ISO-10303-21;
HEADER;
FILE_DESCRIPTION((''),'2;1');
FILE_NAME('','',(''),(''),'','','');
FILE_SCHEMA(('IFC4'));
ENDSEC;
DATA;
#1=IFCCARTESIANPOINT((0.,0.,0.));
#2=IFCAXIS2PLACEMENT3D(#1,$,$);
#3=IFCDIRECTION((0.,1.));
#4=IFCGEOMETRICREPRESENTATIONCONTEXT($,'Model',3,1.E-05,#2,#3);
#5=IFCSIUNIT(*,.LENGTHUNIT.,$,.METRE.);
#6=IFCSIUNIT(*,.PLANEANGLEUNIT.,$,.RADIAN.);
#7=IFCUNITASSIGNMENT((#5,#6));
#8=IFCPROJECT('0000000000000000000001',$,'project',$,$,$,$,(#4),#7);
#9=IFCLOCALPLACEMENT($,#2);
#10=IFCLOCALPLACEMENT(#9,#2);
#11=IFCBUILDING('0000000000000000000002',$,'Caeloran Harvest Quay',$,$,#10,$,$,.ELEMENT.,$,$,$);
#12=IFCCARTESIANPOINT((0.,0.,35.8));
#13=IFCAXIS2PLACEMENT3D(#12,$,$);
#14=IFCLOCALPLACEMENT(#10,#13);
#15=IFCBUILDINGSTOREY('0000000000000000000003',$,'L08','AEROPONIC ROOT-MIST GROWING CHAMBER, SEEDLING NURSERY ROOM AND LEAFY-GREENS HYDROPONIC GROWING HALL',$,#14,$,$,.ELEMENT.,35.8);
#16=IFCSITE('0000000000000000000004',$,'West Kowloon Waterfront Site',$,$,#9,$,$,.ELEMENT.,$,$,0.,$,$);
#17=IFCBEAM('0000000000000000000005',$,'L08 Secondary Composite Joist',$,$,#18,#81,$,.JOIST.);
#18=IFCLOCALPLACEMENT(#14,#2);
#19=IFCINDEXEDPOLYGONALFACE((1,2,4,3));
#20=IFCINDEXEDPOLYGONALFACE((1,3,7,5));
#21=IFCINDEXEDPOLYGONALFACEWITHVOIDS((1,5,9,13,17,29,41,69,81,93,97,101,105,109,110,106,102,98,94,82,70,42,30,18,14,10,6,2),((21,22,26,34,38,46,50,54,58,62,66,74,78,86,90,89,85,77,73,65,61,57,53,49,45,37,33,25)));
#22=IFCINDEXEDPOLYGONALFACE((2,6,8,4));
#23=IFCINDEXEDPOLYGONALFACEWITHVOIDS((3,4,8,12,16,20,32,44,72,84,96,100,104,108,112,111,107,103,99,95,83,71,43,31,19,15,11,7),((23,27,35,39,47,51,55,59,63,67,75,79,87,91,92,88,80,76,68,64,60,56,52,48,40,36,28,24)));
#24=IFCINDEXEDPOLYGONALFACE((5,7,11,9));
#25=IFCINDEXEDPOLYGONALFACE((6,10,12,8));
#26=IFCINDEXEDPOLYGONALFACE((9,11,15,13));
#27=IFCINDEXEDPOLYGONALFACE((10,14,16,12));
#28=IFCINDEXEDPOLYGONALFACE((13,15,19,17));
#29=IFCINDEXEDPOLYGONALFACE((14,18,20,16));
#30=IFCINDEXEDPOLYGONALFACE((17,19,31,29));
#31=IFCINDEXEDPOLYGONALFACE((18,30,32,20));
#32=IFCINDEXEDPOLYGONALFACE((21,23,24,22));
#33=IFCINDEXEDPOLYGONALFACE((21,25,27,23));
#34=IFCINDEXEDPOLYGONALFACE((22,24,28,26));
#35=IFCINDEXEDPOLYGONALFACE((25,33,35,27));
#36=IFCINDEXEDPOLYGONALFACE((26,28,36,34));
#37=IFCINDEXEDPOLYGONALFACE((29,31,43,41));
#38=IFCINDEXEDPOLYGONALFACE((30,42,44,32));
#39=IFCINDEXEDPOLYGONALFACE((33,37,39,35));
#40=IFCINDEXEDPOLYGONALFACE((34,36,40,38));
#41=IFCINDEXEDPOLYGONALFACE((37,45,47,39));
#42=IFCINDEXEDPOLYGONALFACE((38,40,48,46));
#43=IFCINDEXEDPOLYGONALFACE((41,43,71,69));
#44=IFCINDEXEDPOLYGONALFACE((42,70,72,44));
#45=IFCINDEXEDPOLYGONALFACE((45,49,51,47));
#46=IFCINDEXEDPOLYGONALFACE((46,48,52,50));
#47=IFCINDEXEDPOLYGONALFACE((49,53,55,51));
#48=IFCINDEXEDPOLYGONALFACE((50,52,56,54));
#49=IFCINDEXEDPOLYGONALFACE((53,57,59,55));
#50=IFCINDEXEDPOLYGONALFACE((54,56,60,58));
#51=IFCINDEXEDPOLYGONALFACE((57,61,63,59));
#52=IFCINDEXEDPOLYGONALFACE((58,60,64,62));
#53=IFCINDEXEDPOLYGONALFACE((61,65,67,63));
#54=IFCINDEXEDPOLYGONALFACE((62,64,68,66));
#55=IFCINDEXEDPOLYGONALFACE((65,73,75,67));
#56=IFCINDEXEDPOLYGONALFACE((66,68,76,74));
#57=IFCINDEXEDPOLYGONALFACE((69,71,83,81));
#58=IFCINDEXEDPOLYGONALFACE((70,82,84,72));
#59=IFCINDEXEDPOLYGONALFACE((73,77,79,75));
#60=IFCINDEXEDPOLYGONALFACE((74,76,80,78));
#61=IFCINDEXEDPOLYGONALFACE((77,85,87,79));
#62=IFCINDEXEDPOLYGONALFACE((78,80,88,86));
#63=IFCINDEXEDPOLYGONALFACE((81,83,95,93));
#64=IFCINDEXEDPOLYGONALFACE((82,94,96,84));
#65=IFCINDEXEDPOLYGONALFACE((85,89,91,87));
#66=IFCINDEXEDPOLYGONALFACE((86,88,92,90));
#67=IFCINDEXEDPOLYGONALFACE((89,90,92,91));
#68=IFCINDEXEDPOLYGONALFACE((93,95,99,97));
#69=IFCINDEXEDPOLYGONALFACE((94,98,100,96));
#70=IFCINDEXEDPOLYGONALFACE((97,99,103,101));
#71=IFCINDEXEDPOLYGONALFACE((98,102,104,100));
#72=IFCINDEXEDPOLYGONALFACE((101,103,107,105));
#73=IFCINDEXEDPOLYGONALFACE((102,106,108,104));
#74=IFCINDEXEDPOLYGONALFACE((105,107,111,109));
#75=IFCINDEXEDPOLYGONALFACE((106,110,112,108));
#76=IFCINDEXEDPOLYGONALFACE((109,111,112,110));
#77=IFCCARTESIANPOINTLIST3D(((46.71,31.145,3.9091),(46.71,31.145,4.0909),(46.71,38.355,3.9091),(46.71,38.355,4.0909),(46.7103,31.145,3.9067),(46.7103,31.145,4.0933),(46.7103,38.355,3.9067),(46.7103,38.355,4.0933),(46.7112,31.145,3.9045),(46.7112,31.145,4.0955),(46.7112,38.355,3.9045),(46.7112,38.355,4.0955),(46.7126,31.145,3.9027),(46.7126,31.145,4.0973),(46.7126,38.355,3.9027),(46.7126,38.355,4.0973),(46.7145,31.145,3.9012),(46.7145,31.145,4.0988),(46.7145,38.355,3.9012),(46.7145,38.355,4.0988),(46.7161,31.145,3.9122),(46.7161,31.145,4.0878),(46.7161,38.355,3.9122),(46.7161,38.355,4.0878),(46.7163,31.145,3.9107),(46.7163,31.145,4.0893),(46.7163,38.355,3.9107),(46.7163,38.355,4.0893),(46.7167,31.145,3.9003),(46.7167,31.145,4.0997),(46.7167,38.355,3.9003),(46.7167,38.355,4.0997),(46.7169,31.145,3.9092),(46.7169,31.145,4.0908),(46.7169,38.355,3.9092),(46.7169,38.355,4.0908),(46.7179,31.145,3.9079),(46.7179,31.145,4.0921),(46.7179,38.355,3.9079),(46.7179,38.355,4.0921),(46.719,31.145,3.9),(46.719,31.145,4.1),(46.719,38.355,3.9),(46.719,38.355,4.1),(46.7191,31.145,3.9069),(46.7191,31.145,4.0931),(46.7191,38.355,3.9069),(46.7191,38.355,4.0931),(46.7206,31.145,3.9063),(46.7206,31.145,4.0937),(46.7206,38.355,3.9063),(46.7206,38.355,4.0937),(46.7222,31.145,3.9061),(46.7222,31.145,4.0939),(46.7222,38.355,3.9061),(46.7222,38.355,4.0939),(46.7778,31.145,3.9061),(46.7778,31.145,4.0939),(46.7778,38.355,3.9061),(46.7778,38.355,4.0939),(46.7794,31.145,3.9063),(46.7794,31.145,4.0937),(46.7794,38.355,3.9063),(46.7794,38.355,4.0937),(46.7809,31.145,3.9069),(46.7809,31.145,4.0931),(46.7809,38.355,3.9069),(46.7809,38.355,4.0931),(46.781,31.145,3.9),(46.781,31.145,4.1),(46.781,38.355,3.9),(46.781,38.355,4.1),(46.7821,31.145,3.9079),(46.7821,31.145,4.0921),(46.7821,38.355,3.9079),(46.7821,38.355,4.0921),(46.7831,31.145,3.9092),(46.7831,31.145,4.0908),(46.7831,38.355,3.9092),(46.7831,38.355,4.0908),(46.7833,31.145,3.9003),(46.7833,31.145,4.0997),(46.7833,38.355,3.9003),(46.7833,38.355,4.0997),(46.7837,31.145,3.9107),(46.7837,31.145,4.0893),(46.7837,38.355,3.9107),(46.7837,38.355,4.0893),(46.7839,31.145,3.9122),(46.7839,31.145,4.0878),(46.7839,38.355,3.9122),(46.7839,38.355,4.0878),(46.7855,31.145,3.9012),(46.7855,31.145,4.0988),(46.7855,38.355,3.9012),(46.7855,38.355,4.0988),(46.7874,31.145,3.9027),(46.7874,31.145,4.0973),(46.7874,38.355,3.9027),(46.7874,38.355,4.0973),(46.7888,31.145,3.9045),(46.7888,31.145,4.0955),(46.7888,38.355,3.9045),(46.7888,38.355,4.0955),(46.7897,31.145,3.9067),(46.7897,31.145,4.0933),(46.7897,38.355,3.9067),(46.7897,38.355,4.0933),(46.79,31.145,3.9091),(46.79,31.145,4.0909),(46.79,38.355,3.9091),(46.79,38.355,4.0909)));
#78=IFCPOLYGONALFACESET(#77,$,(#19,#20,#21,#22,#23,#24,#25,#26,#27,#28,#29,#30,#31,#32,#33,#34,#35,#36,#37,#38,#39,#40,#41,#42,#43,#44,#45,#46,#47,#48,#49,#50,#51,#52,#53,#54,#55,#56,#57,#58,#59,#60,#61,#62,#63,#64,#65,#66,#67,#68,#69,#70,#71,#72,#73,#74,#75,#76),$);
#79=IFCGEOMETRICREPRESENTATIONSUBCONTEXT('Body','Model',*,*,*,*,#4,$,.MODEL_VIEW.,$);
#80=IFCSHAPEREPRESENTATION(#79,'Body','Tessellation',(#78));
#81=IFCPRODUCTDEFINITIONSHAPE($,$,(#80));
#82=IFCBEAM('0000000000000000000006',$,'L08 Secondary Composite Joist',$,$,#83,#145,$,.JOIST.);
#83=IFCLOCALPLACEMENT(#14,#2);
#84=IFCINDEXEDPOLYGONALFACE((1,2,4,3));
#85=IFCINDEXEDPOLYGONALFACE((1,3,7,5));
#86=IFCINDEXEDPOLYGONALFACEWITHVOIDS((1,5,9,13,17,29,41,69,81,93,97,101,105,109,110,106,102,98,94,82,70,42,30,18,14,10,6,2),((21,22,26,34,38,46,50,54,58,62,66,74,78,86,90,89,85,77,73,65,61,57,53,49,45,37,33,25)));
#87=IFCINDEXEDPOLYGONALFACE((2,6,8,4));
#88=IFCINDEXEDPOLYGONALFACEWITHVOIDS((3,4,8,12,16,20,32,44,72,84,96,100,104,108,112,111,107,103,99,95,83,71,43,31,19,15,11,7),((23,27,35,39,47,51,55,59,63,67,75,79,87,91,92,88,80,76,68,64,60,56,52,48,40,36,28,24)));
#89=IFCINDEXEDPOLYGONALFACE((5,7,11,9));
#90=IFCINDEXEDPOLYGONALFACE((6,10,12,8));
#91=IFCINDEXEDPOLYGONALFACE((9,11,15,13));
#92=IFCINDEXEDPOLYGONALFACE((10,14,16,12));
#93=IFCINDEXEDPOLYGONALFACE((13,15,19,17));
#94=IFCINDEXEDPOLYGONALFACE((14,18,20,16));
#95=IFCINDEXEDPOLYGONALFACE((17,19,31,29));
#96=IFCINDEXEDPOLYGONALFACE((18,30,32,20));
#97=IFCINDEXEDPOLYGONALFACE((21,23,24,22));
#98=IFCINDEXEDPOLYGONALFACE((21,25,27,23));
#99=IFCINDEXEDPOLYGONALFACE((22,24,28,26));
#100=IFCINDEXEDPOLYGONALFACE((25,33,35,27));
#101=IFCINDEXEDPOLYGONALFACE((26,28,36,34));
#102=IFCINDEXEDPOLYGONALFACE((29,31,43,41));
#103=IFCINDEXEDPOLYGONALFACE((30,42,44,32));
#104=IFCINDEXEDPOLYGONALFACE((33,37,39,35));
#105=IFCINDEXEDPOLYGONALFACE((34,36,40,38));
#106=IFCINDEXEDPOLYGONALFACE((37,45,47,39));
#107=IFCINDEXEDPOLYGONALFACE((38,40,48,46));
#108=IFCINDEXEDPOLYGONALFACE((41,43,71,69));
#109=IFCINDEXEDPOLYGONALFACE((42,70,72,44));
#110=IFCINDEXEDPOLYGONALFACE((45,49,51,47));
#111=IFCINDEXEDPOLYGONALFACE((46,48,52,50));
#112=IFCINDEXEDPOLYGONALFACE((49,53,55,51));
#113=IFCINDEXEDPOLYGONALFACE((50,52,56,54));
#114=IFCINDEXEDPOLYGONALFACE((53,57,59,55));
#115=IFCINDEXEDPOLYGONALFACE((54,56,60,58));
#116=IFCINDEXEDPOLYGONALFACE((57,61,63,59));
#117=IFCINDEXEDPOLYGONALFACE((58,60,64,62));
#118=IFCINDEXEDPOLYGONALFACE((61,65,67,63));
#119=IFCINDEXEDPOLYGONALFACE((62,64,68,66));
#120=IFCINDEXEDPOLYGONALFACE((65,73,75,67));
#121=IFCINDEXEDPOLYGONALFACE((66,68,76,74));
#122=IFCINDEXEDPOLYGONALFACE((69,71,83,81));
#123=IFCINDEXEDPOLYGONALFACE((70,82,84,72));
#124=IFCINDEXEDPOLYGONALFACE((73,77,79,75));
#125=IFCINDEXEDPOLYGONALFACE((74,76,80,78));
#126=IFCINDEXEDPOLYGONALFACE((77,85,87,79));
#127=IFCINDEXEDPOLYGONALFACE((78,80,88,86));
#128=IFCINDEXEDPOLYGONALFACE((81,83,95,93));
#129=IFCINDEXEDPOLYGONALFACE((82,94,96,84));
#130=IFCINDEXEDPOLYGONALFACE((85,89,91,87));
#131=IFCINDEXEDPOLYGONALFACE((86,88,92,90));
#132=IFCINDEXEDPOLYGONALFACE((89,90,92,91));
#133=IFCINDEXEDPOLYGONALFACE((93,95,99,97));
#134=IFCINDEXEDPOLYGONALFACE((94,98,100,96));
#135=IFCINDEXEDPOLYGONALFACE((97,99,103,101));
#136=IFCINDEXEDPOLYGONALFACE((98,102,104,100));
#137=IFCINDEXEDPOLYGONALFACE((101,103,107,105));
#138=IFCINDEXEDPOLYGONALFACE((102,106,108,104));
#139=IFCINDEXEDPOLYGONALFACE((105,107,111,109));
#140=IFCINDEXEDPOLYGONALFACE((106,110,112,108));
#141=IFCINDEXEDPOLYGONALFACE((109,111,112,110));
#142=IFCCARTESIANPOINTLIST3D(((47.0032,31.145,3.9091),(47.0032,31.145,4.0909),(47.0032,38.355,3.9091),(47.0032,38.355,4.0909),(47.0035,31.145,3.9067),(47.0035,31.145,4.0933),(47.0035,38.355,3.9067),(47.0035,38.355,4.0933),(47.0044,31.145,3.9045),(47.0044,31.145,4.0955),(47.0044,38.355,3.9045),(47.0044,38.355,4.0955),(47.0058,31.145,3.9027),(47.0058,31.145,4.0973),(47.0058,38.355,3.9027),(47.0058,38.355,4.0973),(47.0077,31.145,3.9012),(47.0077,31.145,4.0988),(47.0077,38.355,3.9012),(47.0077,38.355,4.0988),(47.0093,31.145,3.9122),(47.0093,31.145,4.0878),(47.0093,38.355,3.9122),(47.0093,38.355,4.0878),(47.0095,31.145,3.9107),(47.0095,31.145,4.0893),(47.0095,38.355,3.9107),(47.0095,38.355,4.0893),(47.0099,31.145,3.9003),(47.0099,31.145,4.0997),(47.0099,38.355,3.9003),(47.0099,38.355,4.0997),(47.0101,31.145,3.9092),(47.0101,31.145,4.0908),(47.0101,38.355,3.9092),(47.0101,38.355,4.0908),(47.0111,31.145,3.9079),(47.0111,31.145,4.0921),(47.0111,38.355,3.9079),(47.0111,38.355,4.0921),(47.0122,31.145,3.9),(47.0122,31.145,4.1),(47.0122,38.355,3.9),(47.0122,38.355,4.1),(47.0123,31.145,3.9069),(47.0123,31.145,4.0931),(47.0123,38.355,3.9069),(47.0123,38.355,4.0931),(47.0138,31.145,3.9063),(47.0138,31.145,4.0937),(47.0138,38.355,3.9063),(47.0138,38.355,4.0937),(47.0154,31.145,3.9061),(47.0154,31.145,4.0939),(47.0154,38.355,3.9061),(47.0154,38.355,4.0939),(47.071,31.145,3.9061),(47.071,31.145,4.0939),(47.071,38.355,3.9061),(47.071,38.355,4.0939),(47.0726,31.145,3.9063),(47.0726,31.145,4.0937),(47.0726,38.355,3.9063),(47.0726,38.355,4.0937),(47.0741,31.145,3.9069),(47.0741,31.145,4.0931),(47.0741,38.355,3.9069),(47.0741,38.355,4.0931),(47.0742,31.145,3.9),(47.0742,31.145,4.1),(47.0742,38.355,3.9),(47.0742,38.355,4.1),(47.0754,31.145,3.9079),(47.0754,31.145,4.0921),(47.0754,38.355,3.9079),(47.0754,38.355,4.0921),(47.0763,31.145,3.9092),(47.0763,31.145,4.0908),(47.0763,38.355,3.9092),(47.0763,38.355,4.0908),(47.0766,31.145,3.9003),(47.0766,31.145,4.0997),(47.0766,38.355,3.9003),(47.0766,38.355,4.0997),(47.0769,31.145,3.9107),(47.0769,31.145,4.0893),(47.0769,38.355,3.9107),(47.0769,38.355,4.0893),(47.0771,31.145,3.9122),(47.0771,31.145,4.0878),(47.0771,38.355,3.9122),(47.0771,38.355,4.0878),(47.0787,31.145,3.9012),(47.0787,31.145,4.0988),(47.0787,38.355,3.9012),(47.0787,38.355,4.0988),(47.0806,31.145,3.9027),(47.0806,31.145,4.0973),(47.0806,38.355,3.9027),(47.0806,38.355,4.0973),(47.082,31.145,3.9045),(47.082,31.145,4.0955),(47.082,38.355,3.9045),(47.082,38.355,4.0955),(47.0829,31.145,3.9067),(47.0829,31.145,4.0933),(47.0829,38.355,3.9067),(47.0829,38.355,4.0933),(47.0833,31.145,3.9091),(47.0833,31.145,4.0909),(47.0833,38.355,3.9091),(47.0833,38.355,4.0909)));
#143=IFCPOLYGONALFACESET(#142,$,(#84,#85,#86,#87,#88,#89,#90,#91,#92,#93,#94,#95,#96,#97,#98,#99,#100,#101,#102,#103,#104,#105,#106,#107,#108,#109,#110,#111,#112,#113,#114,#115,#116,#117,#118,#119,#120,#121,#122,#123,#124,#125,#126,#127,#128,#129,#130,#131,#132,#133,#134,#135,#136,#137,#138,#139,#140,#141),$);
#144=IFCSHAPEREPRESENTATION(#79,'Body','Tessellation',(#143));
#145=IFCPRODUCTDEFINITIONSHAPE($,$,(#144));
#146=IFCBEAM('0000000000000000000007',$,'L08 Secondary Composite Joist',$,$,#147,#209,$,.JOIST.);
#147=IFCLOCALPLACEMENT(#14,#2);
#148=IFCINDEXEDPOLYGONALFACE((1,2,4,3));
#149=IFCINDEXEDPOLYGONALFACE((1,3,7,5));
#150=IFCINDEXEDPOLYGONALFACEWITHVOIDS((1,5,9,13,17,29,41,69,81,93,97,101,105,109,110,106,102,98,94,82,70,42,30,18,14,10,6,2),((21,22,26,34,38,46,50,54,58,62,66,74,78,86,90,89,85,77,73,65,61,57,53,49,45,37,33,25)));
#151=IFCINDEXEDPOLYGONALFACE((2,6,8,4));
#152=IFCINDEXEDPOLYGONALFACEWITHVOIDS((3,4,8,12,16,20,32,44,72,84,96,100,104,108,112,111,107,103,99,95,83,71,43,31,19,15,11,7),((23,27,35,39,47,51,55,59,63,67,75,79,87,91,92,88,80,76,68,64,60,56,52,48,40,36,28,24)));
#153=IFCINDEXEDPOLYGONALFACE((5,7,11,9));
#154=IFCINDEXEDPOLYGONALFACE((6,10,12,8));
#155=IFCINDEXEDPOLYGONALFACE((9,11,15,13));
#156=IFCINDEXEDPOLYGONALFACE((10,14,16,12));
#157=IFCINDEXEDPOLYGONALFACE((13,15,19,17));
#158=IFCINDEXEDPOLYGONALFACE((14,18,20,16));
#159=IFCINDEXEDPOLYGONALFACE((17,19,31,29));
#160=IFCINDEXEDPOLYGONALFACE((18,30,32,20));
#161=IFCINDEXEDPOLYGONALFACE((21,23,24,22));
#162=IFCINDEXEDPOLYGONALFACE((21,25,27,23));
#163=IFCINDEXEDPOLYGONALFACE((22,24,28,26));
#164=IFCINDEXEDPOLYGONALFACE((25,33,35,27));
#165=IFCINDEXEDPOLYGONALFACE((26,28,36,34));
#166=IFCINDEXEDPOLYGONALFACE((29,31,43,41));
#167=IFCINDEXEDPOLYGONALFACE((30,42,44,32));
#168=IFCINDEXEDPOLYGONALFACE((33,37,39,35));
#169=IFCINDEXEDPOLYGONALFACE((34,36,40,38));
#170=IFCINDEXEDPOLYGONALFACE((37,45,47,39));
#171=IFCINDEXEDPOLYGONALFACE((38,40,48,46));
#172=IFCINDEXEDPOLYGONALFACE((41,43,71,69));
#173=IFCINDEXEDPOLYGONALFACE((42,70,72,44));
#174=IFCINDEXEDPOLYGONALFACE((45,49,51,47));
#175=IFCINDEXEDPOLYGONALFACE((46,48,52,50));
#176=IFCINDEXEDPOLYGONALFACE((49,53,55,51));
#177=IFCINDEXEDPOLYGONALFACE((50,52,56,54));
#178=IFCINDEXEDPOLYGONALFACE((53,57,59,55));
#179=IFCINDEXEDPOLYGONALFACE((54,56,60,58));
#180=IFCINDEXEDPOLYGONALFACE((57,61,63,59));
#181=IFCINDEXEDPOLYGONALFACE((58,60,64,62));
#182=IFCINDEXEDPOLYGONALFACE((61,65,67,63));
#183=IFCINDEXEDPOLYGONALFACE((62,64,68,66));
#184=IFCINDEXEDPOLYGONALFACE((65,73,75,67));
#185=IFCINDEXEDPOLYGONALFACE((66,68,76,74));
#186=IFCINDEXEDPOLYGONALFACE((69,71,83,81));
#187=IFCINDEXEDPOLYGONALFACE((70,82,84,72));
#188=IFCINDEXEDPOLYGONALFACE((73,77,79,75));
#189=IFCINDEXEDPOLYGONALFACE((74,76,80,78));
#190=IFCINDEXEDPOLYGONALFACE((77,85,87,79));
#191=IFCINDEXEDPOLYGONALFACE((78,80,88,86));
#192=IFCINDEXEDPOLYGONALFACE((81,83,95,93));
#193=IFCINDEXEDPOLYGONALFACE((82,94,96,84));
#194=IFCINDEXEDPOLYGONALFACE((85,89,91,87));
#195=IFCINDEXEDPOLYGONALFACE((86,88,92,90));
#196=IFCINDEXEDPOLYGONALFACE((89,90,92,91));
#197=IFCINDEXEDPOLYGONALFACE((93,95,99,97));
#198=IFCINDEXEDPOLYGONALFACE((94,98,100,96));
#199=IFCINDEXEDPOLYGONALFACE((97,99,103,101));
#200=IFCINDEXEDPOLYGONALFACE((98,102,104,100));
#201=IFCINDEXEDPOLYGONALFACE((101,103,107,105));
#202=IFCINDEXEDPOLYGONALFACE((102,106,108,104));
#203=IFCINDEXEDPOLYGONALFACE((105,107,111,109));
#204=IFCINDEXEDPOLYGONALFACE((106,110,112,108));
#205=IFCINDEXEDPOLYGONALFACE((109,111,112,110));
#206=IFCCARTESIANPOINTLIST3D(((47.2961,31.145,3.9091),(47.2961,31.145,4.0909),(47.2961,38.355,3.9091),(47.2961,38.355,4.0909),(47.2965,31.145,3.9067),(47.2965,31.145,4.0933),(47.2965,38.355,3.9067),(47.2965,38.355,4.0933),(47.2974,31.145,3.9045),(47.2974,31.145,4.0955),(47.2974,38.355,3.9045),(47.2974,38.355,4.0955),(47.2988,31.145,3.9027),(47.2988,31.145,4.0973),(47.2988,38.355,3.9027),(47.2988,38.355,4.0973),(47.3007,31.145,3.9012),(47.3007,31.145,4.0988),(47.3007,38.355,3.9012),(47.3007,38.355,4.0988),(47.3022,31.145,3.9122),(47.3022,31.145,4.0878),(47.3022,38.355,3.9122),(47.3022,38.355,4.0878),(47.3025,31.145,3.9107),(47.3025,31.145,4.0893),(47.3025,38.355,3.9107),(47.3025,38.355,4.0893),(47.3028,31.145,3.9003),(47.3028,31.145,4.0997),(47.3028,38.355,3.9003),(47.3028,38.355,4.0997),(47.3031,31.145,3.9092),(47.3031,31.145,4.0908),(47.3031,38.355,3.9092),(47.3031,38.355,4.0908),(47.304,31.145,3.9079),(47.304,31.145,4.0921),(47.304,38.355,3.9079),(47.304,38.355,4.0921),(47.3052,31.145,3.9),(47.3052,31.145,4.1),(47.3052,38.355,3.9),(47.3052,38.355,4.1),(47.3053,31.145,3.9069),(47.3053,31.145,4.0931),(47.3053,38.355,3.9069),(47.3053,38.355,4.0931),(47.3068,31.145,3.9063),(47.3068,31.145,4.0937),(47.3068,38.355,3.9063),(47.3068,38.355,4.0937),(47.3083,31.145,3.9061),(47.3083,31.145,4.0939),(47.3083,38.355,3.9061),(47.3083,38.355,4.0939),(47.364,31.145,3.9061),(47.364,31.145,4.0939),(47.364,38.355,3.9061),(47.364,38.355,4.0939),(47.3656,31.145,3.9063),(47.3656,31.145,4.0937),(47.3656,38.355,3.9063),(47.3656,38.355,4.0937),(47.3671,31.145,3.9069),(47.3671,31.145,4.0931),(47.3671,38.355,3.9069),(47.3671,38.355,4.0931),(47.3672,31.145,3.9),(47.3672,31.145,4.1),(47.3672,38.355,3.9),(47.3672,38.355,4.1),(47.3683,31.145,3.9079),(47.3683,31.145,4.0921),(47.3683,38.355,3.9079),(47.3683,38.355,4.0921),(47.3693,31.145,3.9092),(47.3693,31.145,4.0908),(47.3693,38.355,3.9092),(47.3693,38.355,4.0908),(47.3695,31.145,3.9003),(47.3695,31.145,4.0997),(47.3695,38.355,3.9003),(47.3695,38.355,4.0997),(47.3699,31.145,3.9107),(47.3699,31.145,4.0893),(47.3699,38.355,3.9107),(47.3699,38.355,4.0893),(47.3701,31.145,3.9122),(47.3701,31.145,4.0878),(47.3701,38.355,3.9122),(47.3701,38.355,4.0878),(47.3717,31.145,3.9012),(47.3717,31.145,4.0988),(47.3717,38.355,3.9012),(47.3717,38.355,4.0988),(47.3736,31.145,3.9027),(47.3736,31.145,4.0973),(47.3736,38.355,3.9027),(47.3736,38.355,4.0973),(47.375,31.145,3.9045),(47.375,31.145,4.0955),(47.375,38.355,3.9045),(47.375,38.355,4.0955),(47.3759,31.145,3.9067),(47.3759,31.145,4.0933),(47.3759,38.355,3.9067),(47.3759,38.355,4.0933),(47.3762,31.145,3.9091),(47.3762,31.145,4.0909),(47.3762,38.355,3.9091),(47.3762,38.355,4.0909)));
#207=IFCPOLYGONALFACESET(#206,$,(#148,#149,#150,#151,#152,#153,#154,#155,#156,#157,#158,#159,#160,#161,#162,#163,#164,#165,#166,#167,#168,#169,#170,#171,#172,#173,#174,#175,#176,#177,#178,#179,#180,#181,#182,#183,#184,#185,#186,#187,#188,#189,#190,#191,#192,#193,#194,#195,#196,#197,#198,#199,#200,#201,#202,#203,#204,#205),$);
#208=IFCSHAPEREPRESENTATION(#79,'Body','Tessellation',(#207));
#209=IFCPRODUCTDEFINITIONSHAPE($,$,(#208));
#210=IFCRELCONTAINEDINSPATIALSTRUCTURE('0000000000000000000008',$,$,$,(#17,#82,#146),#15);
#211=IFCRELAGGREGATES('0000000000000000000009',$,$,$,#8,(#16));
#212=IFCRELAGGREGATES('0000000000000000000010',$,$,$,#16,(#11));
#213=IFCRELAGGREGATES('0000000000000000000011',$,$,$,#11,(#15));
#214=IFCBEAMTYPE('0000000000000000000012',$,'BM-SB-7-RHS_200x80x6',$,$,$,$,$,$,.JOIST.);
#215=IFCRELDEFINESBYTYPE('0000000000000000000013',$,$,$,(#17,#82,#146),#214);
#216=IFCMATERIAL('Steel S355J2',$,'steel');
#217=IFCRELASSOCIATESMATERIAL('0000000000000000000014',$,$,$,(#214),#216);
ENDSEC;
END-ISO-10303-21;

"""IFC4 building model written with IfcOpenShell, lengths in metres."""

from ifc_helpers import new_model, si_unit, direction, frame, origin, origin_2d, place, context, subcontext, project, spatial, hollow_rectangle, extrude, material, material_profile, profile_set, type_object, element, save


model = new_model("IFC4")

# Units and contexts
model_context = context("Model", 3, precision=1e-05, world=origin(), true_north=direction((0.0, 1.0)))
body_context = subcontext(model_context, "Body", "Model", "MODEL_VIEW")
ifc_project = project(units=[si_unit("LENGTHUNIT", "METRE"), si_unit("PLANEANGLEUNIT", "RADIAN")], contexts=[model_context])

# Site, building, storey
site_placement = place(None, origin())
site = spatial("IfcSite", under=ifc_project, at=site_placement, Name="West Kowloon Waterfront Site", CompositionType="ELEMENT", RefElevation=0.0)
building_placement = place(site_placement, origin())
building = spatial("IfcBuilding", under=site, at=building_placement, Name="Caeloran Harvest Quay", CompositionType="ELEMENT")
storey_placement = place(building_placement, frame((0.0, 0.0, 35.8)))
storey = spatial("IfcBuildingStorey", under=building, at=storey_placement, Name="L08", Description="AEROPONIC ROOT-MIST GROWING CHAMBER, SEEDLING NURSERY ROOM AND LEAFY-GREENS HYDROPONIC GROWING HALL", CompositionType="ELEMENT", Elevation=35.8)

# Beams
ifc_material_1 = material(Name="Steel S355J2", Category="steel")
ifc_material_profile_1 = material_profile(ifc_material_1, hollow_rectangle(XDim=0.0801, YDim=0.2, WallThickness=0.0061, InnerFilletRadius=0.0061, OuterFilletRadius=0.009, at=origin_2d()), Name="RHS 200x80x6")
ifc_profile_set_1 = profile_set([ifc_material_profile_1], Name="Steel S355J2")
beam_type_1 = type_object("IfcBeamType", Name="BM-SB-7-RHS_200x80x6", PredefinedType="JOIST", material=ifc_profile_set_1)
for number, where, z_axis, x_axis, name in (
    (1, (46.75, 31.145, 4.0), (0.0, 1.0, 0.0), (-1.0, 0.0, 0.0), "L08 Secondary Composite Joist"),
    (2, (47.0432, 31.145, 4.0), (0.0, 1.0, 0.0), (-1.0, 0.0, 0.0), "L08 Secondary Composite Joist"),
    (3, (47.3362, 31.145, 4.0), (0.0, 1.0, 0.0), (-1.0, 0.0, 0.0), "L08 Secondary Composite Joist"),
):
    element("IfcBeam", number, at=place(storey_placement, frame(where, z_axis=z_axis, x_axis=x_axis)), inside=storey, type_object=beam_type_1, Name=name, PredefinedType="JOIST", context=body_context, shape_type="SweptSolid", body=[
        extrude(hollow_rectangle(XDim=0.0801, YDim=0.2, WallThickness=0.0061, InnerFilletRadius=0.0061, OuterFilletRadius=0.009, at=origin_2d()), origin(), (0.0, 0.0, 1.0), 7.21),
    ])

save(model, "model.ifc")
